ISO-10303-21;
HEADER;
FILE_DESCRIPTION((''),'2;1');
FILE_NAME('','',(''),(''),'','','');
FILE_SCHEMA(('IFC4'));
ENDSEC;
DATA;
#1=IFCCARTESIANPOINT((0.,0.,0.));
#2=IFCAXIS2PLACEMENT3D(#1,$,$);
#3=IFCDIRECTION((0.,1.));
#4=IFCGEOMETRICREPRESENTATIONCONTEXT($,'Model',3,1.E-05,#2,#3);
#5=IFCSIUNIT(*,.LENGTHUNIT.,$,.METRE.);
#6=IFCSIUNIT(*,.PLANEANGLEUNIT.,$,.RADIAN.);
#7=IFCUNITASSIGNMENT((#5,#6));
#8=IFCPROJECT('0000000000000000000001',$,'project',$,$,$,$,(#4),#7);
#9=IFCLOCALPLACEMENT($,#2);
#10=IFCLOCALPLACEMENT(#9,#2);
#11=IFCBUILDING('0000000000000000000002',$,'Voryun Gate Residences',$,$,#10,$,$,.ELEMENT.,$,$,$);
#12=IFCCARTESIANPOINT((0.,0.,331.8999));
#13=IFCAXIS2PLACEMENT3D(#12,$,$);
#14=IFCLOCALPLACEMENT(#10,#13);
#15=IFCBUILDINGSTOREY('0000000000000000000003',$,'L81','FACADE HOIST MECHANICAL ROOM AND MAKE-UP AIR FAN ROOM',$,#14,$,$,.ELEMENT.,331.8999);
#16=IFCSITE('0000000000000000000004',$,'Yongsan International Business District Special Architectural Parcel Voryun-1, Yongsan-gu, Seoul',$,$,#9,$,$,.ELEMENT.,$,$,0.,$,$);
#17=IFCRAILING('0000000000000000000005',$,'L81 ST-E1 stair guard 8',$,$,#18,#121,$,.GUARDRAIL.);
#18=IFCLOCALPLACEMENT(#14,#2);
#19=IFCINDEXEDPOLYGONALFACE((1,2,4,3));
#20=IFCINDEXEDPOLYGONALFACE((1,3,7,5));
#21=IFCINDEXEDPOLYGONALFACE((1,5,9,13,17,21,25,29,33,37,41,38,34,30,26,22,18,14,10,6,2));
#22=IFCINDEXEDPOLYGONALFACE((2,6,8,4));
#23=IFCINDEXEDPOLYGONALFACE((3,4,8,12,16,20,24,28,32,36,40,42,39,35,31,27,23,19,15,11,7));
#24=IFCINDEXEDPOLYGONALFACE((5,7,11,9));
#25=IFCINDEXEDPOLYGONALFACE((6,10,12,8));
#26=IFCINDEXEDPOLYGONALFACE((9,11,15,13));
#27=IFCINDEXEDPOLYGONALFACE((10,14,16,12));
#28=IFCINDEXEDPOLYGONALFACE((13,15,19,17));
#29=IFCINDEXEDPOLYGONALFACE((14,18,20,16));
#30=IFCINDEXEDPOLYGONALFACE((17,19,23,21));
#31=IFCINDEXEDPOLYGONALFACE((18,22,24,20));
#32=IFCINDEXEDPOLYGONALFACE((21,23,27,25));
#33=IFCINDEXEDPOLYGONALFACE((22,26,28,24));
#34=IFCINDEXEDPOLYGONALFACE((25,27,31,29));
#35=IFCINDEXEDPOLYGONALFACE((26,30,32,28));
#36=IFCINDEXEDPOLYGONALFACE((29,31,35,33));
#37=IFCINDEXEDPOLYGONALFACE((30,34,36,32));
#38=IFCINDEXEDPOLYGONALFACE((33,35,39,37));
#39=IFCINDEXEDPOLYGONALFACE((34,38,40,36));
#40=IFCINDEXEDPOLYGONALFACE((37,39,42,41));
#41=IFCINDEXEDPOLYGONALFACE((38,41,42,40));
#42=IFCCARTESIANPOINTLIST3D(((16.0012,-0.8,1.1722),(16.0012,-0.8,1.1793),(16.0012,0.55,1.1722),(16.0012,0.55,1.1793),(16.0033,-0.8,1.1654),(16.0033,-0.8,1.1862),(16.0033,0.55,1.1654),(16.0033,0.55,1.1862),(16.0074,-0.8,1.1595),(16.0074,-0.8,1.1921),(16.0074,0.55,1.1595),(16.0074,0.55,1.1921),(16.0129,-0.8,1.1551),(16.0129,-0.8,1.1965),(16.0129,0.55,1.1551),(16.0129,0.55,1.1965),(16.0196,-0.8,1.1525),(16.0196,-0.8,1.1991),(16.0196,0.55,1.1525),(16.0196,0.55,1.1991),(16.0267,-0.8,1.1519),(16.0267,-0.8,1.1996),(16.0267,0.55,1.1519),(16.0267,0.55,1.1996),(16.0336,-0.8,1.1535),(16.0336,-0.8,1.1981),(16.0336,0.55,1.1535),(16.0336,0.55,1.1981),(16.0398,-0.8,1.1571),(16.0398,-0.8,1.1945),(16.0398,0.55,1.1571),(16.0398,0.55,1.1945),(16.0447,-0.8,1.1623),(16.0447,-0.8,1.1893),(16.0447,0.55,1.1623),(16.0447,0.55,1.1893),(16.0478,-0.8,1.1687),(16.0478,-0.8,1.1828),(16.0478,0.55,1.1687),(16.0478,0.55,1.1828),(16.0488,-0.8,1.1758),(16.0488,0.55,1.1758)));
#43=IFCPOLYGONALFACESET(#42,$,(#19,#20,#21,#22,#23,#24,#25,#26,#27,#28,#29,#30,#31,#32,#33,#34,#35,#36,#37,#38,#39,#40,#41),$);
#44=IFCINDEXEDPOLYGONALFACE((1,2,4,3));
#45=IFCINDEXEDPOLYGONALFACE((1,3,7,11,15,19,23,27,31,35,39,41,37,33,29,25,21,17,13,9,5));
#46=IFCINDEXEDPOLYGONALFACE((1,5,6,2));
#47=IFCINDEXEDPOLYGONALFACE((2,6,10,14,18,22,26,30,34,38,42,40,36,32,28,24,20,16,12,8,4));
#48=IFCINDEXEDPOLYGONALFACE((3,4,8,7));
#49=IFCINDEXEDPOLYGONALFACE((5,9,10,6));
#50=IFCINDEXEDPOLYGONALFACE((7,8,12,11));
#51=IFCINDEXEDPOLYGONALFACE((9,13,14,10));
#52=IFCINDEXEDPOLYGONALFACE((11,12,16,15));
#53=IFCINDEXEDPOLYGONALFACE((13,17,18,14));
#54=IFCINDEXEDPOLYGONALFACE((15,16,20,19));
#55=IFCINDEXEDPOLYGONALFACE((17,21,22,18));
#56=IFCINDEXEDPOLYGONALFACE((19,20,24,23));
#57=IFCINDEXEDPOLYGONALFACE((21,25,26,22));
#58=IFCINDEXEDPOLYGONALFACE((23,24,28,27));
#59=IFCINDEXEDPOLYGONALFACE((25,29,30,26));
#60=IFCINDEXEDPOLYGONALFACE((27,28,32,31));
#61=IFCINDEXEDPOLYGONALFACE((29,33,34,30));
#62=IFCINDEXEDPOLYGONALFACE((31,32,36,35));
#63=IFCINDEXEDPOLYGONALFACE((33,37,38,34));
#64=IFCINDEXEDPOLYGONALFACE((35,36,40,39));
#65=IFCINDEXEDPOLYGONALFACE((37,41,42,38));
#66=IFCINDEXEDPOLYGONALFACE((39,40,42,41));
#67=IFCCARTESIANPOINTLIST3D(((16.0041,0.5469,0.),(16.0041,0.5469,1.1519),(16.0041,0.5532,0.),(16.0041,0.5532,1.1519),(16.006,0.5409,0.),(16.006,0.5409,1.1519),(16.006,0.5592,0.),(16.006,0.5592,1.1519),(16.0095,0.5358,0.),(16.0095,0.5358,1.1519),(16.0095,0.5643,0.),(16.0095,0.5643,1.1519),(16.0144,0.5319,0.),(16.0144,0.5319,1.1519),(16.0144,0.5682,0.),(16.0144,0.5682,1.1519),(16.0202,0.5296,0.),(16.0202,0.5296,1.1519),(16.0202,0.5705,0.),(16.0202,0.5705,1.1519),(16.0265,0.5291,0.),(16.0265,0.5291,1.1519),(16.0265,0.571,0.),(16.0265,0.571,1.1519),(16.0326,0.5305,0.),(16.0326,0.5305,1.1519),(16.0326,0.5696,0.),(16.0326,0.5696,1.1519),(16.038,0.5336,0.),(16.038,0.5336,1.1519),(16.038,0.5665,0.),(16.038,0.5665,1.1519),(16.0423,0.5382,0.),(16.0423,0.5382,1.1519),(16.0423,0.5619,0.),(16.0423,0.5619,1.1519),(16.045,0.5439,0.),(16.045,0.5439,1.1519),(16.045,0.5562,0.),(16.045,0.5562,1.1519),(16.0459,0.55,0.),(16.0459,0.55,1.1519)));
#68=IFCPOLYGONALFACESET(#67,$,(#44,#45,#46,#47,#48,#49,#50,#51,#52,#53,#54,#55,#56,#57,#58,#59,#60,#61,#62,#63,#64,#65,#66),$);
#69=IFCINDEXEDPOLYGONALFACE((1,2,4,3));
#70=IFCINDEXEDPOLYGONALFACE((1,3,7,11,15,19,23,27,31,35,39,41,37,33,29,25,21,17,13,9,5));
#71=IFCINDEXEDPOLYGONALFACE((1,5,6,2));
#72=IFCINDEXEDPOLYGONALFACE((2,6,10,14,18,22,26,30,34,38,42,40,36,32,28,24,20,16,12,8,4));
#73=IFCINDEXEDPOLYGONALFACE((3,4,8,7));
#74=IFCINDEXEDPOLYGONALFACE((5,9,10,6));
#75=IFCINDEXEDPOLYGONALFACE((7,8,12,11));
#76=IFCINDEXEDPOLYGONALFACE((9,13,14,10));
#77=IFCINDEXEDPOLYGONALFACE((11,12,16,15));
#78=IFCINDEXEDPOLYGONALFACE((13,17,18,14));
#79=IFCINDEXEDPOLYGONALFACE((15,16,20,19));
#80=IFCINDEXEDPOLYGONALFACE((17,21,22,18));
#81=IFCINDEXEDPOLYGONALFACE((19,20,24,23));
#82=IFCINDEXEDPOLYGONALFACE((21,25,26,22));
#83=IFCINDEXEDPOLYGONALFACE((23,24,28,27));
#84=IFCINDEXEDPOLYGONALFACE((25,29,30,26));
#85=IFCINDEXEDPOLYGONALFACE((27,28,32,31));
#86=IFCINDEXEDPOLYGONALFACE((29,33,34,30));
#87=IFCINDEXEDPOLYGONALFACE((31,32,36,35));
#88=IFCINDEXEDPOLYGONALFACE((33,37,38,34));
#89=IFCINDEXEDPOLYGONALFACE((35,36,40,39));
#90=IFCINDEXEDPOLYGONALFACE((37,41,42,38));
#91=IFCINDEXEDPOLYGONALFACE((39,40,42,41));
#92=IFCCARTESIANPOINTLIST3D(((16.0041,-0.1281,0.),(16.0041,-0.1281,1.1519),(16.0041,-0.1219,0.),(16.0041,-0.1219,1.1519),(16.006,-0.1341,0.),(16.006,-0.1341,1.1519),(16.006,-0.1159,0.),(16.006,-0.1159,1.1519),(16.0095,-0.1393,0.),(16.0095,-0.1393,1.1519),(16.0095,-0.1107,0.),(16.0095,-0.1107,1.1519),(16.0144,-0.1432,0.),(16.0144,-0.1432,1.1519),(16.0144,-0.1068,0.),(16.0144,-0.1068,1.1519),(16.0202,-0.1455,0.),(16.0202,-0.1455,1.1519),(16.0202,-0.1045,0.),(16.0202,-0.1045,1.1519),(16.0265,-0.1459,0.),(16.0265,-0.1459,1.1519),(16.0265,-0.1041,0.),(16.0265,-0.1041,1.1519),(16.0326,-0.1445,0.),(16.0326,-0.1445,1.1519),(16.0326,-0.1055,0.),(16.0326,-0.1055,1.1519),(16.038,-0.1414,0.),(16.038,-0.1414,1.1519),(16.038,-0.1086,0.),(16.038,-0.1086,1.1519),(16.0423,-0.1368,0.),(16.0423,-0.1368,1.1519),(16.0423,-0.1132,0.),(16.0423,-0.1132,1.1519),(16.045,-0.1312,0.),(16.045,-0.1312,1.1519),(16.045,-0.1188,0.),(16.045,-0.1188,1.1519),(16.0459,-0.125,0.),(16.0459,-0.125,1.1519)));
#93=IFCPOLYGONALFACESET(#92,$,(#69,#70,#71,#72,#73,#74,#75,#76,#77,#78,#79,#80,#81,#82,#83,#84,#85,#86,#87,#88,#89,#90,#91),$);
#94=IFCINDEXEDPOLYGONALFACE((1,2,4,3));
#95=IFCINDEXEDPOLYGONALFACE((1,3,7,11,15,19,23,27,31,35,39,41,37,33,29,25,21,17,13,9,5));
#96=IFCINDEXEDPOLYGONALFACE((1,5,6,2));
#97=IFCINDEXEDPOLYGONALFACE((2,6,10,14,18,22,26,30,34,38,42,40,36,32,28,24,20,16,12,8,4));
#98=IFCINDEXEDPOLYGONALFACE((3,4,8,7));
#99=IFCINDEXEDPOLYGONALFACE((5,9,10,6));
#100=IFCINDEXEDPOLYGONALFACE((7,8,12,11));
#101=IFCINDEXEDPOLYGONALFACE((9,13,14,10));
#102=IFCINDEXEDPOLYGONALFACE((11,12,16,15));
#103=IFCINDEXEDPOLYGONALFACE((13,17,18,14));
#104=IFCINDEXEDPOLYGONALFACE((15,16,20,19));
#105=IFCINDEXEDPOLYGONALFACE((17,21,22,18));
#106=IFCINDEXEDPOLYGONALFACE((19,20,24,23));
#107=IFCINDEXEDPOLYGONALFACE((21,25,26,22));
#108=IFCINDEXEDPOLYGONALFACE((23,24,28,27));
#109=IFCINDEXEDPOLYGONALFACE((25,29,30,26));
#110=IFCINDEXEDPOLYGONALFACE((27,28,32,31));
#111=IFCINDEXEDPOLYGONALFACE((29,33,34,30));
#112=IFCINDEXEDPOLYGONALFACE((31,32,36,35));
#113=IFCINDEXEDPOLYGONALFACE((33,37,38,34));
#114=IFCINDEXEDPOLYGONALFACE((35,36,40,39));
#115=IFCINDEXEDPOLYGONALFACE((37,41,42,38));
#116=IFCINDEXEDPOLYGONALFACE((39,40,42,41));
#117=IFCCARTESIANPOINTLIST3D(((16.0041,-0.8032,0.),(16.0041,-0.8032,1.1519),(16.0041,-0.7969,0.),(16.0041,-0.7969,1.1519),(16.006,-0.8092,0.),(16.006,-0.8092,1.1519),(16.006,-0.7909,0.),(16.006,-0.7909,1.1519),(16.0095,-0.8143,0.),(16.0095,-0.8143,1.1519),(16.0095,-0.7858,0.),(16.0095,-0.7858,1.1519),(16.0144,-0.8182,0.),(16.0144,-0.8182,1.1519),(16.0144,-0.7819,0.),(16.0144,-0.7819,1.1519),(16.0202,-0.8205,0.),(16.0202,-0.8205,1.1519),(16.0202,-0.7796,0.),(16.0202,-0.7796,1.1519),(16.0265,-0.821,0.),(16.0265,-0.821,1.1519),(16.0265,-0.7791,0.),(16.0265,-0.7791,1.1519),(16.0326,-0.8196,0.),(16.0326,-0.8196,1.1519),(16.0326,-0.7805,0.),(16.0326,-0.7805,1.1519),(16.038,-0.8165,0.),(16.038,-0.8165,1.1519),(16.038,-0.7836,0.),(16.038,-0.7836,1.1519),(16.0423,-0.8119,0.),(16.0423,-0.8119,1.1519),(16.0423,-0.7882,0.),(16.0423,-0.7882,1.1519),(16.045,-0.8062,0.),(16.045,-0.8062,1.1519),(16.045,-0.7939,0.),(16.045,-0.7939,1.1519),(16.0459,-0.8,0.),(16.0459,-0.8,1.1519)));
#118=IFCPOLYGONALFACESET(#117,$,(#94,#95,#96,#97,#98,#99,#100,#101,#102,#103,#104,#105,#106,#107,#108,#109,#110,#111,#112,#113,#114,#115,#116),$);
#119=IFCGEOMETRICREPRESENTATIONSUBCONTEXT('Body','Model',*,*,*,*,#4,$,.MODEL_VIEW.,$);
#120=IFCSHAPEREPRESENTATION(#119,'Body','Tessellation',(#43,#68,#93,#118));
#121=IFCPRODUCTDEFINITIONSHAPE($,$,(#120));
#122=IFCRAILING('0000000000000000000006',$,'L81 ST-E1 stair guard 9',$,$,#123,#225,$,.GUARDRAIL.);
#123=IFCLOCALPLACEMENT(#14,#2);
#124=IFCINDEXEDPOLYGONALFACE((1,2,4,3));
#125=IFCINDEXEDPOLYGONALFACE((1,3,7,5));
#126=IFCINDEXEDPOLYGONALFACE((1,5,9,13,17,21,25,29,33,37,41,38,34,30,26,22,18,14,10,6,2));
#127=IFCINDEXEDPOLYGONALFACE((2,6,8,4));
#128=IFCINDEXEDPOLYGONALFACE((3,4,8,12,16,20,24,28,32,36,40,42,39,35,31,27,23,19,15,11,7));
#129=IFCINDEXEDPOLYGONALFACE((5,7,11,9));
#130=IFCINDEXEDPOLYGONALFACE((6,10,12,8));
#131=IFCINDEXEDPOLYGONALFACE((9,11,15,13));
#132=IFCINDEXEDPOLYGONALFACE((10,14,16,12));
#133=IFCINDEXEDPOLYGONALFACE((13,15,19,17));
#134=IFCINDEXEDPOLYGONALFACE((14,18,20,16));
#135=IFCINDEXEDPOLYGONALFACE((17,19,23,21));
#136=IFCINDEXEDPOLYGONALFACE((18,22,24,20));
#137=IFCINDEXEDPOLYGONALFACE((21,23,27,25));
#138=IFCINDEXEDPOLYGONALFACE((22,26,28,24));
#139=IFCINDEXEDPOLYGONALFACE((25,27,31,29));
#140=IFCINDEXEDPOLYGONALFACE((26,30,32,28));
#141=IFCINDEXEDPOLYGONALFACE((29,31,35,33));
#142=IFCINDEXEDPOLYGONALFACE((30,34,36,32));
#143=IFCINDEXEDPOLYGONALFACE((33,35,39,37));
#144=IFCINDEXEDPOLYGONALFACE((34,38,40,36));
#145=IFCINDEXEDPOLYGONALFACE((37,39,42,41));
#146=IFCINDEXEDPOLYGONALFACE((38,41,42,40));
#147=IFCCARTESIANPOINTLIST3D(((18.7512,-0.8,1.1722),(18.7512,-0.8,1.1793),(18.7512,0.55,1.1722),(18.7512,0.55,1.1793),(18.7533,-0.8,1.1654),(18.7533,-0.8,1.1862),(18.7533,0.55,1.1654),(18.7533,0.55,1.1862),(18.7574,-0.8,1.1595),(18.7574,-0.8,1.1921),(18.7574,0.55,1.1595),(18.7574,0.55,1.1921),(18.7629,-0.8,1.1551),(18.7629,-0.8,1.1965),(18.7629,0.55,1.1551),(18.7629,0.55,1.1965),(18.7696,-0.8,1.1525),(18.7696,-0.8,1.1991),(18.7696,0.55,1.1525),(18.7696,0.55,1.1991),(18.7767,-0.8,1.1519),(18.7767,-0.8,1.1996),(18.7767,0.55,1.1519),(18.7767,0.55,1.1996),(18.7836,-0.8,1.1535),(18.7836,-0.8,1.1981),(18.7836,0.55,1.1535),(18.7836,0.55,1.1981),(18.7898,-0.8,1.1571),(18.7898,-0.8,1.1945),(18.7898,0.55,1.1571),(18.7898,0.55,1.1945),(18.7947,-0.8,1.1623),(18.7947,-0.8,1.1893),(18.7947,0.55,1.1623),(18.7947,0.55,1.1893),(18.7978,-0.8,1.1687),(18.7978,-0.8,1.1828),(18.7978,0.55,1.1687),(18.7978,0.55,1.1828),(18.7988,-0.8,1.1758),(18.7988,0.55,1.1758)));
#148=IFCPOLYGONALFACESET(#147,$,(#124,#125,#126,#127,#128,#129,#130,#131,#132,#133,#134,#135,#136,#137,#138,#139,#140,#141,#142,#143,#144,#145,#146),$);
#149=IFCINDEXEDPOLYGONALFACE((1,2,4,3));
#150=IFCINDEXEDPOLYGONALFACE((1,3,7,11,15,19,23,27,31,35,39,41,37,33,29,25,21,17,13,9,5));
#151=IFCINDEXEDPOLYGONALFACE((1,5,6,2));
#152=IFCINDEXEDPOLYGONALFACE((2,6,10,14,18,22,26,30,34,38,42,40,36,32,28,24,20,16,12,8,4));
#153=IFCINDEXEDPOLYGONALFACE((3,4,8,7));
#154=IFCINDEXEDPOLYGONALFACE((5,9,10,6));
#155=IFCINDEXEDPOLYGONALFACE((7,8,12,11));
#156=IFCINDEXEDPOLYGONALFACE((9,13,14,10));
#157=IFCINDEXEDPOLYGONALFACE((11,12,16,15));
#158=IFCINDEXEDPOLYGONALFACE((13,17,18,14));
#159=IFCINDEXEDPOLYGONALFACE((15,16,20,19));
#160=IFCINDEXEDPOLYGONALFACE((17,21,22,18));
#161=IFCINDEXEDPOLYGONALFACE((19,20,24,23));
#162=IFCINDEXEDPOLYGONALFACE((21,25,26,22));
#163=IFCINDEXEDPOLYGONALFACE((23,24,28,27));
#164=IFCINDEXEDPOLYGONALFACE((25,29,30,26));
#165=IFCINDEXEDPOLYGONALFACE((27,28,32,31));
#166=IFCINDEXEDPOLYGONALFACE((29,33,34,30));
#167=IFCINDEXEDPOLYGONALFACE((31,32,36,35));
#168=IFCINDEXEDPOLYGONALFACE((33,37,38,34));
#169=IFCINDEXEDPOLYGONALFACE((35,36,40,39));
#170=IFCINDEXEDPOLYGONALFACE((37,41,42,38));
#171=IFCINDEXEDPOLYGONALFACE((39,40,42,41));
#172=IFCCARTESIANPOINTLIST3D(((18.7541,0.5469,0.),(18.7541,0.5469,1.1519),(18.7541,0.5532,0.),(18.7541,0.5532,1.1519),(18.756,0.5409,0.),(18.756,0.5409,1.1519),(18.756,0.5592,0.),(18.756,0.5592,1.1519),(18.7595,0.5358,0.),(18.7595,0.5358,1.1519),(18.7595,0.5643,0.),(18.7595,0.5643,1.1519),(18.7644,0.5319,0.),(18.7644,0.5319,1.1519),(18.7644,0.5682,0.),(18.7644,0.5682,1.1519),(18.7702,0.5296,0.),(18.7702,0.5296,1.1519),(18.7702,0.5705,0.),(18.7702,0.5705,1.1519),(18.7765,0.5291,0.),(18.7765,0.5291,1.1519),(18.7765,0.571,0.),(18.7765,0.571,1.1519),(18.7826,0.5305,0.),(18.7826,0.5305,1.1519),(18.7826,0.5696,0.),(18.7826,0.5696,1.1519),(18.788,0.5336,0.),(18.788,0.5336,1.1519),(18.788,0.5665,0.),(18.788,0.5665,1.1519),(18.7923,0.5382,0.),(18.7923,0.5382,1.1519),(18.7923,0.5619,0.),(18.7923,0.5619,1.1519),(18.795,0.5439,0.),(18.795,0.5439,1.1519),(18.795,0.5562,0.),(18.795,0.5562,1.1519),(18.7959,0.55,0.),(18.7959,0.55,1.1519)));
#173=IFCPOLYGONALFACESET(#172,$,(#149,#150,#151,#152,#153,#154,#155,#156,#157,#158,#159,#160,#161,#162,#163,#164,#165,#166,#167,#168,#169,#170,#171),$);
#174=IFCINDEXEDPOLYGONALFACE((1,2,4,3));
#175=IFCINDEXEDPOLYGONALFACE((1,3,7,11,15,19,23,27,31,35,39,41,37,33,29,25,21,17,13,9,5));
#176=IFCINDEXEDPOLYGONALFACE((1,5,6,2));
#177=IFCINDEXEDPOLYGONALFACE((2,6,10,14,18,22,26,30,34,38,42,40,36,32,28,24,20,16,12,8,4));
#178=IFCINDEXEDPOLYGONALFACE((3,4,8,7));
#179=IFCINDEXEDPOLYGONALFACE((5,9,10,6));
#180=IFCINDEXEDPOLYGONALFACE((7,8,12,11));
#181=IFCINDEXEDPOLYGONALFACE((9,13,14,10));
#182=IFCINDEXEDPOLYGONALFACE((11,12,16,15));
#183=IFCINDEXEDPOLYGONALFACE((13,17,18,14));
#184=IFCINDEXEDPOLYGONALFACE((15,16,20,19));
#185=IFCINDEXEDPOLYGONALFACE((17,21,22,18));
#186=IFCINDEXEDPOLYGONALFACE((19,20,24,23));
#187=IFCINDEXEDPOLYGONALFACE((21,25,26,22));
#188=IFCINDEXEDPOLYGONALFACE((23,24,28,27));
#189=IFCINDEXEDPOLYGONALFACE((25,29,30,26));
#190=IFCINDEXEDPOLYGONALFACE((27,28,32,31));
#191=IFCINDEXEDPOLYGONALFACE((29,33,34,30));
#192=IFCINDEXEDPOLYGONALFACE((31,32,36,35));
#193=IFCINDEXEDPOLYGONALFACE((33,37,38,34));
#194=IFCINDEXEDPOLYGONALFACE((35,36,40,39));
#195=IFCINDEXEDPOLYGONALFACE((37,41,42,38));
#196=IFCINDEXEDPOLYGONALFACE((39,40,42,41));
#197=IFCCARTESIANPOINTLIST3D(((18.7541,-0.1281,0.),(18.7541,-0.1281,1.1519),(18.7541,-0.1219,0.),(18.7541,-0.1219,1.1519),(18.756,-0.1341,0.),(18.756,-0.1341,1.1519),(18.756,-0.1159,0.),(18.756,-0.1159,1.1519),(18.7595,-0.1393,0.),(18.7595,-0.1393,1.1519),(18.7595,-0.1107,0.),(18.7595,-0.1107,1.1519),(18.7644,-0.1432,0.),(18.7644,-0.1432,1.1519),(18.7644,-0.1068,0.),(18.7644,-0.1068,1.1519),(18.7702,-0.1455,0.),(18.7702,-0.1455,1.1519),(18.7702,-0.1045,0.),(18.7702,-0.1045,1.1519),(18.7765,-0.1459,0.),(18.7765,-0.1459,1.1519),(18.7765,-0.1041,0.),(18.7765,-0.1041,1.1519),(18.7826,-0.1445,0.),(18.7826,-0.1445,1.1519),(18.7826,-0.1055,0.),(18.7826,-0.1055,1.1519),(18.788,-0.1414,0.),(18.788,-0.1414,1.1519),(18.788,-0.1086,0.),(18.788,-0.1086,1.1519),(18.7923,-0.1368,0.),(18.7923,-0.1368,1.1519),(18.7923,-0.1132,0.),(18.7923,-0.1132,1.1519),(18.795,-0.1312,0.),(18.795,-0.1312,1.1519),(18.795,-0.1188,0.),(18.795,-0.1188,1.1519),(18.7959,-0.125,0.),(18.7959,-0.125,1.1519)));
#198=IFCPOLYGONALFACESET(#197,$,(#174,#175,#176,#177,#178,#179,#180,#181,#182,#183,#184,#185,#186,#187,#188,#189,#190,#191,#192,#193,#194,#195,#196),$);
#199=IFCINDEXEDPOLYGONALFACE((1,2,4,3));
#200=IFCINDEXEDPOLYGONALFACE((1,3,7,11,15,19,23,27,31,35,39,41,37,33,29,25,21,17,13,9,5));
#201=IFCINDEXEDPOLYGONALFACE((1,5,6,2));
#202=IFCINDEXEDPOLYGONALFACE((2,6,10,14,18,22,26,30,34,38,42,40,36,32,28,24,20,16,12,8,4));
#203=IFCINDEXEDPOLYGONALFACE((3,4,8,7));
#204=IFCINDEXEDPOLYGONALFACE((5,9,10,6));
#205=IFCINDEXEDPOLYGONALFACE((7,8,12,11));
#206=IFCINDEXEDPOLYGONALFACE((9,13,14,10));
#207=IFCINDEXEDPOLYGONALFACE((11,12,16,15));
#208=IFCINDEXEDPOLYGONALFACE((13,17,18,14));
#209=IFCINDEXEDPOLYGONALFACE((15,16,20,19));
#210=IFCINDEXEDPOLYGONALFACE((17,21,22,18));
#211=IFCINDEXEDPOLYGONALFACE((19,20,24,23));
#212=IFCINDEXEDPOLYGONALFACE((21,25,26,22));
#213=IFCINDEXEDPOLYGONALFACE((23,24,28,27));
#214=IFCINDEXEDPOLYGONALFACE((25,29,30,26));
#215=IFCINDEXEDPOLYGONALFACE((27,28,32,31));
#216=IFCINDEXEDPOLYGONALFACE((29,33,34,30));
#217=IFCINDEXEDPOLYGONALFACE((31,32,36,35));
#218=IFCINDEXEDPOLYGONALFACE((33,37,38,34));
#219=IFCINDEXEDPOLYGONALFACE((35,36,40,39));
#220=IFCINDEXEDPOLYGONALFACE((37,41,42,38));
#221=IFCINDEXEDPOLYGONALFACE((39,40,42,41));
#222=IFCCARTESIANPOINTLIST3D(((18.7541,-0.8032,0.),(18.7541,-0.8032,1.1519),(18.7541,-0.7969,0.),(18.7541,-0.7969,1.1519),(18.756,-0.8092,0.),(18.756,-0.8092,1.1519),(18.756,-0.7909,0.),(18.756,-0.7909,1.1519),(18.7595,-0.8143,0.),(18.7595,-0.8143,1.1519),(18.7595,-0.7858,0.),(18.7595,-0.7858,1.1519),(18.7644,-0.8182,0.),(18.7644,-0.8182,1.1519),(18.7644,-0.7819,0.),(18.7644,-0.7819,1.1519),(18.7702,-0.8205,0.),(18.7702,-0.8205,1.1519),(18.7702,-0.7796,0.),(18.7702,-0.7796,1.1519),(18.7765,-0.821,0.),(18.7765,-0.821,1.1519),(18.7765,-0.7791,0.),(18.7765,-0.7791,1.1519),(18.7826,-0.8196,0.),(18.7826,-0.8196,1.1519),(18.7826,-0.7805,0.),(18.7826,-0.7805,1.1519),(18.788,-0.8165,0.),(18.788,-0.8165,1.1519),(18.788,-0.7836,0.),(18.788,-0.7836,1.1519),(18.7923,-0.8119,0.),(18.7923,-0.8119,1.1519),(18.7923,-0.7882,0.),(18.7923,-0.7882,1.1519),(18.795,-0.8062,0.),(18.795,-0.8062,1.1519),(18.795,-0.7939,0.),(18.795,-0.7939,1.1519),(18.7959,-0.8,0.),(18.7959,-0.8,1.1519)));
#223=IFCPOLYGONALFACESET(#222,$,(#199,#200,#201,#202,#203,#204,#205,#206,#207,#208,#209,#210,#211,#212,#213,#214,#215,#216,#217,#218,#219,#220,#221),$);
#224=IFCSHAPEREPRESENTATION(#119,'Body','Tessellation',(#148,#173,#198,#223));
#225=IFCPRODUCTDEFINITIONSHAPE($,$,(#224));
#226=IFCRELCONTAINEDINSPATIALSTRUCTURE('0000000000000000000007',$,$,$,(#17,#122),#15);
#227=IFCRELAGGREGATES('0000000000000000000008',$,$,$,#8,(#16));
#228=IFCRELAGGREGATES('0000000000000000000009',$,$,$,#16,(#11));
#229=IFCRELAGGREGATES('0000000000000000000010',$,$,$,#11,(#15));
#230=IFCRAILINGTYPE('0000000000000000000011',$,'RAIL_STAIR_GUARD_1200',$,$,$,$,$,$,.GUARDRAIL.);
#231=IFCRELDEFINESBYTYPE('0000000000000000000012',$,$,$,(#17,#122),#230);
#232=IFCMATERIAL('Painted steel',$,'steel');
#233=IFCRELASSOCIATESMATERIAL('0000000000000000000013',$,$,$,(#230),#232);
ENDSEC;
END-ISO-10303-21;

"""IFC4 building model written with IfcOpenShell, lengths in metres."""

from ifc_helpers import new_model, si_unit, direction, frame, origin, origin_2d, place, context, subcontext, project, spatial, circle, extrude, material, type_object, element, save


model = new_model("IFC4")

# Units and contexts
model_context = context("Model", 3, precision=1e-05, world=origin(), true_north=direction((0.0, 1.0)))
body_context = subcontext(model_context, "Body", "Model", "MODEL_VIEW")
ifc_project = project(units=[si_unit("LENGTHUNIT", "METRE"), si_unit("PLANEANGLEUNIT", "RADIAN")], contexts=[model_context])

# Site, building, storey
site_placement = place(None, origin())
site = spatial("IfcSite", under=ifc_project, at=site_placement, Name="Yongsan International Business District Special Architectural Parcel Voryun-1, Yongsan-gu, Seoul", CompositionType="ELEMENT", RefElevation=0.0)
building_placement = place(site_placement, origin())
building = spatial("IfcBuilding", under=site, at=building_placement, Name="Voryun Gate Residences", CompositionType="ELEMENT")
storey_placement = place(building_placement, frame((0.0, 0.0, 331.8999)))
storey = spatial("IfcBuildingStorey", under=building, at=storey_placement, Name="L81", Description="FACADE HOIST MECHANICAL ROOM AND MAKE-UP AIR FAN ROOM", CompositionType="ELEMENT", Elevation=331.8999)

# Railings
ifc_material_1 = material(Name="Painted steel", Category="steel")
railing_type = type_object("IfcRailingType", Name="RAIL_STAIR_GUARD_1200", PredefinedType="GUARDRAIL", material=ifc_material_1)
for number, where, name in (
    (1, (16.0249, 0.55, 0.0), "L81 ST-E1 stair guard 8"),
    (2, (18.7749, 0.55, 0.0), "L81 ST-E1 stair guard 9"),
):
    element("IfcRailing", number, at=place(storey_placement, frame(where)), inside=storey, type_object=railing_type, Name=name, PredefinedType="GUARDRAIL", context=body_context, shape_type="SweptSolid", body=[
        extrude(circle(Radius=0.0239, at=origin_2d()), frame((0.0, 0.0, 1.1758), z_axis=(0.0, -1.0, 0.0), x_axis=(1.0, 0.0, 0.0)), (0.0, 0.0, 1.0), 1.3501),
        extrude(circle(Radius=0.021, at=origin_2d()), origin(), (0.0, 0.0, 1.0), 1.1519),
        extrude(circle(Radius=0.021, at=origin_2d()), frame((0.0, -0.675, 0.0)), (0.0, 0.0, 1.0), 1.1519),
        extrude(circle(Radius=0.021, at=origin_2d()), frame((0.0, -1.3501, 0.0)), (0.0, 0.0, 1.0), 1.1519),
    ])

save(model, "model.ifc")
